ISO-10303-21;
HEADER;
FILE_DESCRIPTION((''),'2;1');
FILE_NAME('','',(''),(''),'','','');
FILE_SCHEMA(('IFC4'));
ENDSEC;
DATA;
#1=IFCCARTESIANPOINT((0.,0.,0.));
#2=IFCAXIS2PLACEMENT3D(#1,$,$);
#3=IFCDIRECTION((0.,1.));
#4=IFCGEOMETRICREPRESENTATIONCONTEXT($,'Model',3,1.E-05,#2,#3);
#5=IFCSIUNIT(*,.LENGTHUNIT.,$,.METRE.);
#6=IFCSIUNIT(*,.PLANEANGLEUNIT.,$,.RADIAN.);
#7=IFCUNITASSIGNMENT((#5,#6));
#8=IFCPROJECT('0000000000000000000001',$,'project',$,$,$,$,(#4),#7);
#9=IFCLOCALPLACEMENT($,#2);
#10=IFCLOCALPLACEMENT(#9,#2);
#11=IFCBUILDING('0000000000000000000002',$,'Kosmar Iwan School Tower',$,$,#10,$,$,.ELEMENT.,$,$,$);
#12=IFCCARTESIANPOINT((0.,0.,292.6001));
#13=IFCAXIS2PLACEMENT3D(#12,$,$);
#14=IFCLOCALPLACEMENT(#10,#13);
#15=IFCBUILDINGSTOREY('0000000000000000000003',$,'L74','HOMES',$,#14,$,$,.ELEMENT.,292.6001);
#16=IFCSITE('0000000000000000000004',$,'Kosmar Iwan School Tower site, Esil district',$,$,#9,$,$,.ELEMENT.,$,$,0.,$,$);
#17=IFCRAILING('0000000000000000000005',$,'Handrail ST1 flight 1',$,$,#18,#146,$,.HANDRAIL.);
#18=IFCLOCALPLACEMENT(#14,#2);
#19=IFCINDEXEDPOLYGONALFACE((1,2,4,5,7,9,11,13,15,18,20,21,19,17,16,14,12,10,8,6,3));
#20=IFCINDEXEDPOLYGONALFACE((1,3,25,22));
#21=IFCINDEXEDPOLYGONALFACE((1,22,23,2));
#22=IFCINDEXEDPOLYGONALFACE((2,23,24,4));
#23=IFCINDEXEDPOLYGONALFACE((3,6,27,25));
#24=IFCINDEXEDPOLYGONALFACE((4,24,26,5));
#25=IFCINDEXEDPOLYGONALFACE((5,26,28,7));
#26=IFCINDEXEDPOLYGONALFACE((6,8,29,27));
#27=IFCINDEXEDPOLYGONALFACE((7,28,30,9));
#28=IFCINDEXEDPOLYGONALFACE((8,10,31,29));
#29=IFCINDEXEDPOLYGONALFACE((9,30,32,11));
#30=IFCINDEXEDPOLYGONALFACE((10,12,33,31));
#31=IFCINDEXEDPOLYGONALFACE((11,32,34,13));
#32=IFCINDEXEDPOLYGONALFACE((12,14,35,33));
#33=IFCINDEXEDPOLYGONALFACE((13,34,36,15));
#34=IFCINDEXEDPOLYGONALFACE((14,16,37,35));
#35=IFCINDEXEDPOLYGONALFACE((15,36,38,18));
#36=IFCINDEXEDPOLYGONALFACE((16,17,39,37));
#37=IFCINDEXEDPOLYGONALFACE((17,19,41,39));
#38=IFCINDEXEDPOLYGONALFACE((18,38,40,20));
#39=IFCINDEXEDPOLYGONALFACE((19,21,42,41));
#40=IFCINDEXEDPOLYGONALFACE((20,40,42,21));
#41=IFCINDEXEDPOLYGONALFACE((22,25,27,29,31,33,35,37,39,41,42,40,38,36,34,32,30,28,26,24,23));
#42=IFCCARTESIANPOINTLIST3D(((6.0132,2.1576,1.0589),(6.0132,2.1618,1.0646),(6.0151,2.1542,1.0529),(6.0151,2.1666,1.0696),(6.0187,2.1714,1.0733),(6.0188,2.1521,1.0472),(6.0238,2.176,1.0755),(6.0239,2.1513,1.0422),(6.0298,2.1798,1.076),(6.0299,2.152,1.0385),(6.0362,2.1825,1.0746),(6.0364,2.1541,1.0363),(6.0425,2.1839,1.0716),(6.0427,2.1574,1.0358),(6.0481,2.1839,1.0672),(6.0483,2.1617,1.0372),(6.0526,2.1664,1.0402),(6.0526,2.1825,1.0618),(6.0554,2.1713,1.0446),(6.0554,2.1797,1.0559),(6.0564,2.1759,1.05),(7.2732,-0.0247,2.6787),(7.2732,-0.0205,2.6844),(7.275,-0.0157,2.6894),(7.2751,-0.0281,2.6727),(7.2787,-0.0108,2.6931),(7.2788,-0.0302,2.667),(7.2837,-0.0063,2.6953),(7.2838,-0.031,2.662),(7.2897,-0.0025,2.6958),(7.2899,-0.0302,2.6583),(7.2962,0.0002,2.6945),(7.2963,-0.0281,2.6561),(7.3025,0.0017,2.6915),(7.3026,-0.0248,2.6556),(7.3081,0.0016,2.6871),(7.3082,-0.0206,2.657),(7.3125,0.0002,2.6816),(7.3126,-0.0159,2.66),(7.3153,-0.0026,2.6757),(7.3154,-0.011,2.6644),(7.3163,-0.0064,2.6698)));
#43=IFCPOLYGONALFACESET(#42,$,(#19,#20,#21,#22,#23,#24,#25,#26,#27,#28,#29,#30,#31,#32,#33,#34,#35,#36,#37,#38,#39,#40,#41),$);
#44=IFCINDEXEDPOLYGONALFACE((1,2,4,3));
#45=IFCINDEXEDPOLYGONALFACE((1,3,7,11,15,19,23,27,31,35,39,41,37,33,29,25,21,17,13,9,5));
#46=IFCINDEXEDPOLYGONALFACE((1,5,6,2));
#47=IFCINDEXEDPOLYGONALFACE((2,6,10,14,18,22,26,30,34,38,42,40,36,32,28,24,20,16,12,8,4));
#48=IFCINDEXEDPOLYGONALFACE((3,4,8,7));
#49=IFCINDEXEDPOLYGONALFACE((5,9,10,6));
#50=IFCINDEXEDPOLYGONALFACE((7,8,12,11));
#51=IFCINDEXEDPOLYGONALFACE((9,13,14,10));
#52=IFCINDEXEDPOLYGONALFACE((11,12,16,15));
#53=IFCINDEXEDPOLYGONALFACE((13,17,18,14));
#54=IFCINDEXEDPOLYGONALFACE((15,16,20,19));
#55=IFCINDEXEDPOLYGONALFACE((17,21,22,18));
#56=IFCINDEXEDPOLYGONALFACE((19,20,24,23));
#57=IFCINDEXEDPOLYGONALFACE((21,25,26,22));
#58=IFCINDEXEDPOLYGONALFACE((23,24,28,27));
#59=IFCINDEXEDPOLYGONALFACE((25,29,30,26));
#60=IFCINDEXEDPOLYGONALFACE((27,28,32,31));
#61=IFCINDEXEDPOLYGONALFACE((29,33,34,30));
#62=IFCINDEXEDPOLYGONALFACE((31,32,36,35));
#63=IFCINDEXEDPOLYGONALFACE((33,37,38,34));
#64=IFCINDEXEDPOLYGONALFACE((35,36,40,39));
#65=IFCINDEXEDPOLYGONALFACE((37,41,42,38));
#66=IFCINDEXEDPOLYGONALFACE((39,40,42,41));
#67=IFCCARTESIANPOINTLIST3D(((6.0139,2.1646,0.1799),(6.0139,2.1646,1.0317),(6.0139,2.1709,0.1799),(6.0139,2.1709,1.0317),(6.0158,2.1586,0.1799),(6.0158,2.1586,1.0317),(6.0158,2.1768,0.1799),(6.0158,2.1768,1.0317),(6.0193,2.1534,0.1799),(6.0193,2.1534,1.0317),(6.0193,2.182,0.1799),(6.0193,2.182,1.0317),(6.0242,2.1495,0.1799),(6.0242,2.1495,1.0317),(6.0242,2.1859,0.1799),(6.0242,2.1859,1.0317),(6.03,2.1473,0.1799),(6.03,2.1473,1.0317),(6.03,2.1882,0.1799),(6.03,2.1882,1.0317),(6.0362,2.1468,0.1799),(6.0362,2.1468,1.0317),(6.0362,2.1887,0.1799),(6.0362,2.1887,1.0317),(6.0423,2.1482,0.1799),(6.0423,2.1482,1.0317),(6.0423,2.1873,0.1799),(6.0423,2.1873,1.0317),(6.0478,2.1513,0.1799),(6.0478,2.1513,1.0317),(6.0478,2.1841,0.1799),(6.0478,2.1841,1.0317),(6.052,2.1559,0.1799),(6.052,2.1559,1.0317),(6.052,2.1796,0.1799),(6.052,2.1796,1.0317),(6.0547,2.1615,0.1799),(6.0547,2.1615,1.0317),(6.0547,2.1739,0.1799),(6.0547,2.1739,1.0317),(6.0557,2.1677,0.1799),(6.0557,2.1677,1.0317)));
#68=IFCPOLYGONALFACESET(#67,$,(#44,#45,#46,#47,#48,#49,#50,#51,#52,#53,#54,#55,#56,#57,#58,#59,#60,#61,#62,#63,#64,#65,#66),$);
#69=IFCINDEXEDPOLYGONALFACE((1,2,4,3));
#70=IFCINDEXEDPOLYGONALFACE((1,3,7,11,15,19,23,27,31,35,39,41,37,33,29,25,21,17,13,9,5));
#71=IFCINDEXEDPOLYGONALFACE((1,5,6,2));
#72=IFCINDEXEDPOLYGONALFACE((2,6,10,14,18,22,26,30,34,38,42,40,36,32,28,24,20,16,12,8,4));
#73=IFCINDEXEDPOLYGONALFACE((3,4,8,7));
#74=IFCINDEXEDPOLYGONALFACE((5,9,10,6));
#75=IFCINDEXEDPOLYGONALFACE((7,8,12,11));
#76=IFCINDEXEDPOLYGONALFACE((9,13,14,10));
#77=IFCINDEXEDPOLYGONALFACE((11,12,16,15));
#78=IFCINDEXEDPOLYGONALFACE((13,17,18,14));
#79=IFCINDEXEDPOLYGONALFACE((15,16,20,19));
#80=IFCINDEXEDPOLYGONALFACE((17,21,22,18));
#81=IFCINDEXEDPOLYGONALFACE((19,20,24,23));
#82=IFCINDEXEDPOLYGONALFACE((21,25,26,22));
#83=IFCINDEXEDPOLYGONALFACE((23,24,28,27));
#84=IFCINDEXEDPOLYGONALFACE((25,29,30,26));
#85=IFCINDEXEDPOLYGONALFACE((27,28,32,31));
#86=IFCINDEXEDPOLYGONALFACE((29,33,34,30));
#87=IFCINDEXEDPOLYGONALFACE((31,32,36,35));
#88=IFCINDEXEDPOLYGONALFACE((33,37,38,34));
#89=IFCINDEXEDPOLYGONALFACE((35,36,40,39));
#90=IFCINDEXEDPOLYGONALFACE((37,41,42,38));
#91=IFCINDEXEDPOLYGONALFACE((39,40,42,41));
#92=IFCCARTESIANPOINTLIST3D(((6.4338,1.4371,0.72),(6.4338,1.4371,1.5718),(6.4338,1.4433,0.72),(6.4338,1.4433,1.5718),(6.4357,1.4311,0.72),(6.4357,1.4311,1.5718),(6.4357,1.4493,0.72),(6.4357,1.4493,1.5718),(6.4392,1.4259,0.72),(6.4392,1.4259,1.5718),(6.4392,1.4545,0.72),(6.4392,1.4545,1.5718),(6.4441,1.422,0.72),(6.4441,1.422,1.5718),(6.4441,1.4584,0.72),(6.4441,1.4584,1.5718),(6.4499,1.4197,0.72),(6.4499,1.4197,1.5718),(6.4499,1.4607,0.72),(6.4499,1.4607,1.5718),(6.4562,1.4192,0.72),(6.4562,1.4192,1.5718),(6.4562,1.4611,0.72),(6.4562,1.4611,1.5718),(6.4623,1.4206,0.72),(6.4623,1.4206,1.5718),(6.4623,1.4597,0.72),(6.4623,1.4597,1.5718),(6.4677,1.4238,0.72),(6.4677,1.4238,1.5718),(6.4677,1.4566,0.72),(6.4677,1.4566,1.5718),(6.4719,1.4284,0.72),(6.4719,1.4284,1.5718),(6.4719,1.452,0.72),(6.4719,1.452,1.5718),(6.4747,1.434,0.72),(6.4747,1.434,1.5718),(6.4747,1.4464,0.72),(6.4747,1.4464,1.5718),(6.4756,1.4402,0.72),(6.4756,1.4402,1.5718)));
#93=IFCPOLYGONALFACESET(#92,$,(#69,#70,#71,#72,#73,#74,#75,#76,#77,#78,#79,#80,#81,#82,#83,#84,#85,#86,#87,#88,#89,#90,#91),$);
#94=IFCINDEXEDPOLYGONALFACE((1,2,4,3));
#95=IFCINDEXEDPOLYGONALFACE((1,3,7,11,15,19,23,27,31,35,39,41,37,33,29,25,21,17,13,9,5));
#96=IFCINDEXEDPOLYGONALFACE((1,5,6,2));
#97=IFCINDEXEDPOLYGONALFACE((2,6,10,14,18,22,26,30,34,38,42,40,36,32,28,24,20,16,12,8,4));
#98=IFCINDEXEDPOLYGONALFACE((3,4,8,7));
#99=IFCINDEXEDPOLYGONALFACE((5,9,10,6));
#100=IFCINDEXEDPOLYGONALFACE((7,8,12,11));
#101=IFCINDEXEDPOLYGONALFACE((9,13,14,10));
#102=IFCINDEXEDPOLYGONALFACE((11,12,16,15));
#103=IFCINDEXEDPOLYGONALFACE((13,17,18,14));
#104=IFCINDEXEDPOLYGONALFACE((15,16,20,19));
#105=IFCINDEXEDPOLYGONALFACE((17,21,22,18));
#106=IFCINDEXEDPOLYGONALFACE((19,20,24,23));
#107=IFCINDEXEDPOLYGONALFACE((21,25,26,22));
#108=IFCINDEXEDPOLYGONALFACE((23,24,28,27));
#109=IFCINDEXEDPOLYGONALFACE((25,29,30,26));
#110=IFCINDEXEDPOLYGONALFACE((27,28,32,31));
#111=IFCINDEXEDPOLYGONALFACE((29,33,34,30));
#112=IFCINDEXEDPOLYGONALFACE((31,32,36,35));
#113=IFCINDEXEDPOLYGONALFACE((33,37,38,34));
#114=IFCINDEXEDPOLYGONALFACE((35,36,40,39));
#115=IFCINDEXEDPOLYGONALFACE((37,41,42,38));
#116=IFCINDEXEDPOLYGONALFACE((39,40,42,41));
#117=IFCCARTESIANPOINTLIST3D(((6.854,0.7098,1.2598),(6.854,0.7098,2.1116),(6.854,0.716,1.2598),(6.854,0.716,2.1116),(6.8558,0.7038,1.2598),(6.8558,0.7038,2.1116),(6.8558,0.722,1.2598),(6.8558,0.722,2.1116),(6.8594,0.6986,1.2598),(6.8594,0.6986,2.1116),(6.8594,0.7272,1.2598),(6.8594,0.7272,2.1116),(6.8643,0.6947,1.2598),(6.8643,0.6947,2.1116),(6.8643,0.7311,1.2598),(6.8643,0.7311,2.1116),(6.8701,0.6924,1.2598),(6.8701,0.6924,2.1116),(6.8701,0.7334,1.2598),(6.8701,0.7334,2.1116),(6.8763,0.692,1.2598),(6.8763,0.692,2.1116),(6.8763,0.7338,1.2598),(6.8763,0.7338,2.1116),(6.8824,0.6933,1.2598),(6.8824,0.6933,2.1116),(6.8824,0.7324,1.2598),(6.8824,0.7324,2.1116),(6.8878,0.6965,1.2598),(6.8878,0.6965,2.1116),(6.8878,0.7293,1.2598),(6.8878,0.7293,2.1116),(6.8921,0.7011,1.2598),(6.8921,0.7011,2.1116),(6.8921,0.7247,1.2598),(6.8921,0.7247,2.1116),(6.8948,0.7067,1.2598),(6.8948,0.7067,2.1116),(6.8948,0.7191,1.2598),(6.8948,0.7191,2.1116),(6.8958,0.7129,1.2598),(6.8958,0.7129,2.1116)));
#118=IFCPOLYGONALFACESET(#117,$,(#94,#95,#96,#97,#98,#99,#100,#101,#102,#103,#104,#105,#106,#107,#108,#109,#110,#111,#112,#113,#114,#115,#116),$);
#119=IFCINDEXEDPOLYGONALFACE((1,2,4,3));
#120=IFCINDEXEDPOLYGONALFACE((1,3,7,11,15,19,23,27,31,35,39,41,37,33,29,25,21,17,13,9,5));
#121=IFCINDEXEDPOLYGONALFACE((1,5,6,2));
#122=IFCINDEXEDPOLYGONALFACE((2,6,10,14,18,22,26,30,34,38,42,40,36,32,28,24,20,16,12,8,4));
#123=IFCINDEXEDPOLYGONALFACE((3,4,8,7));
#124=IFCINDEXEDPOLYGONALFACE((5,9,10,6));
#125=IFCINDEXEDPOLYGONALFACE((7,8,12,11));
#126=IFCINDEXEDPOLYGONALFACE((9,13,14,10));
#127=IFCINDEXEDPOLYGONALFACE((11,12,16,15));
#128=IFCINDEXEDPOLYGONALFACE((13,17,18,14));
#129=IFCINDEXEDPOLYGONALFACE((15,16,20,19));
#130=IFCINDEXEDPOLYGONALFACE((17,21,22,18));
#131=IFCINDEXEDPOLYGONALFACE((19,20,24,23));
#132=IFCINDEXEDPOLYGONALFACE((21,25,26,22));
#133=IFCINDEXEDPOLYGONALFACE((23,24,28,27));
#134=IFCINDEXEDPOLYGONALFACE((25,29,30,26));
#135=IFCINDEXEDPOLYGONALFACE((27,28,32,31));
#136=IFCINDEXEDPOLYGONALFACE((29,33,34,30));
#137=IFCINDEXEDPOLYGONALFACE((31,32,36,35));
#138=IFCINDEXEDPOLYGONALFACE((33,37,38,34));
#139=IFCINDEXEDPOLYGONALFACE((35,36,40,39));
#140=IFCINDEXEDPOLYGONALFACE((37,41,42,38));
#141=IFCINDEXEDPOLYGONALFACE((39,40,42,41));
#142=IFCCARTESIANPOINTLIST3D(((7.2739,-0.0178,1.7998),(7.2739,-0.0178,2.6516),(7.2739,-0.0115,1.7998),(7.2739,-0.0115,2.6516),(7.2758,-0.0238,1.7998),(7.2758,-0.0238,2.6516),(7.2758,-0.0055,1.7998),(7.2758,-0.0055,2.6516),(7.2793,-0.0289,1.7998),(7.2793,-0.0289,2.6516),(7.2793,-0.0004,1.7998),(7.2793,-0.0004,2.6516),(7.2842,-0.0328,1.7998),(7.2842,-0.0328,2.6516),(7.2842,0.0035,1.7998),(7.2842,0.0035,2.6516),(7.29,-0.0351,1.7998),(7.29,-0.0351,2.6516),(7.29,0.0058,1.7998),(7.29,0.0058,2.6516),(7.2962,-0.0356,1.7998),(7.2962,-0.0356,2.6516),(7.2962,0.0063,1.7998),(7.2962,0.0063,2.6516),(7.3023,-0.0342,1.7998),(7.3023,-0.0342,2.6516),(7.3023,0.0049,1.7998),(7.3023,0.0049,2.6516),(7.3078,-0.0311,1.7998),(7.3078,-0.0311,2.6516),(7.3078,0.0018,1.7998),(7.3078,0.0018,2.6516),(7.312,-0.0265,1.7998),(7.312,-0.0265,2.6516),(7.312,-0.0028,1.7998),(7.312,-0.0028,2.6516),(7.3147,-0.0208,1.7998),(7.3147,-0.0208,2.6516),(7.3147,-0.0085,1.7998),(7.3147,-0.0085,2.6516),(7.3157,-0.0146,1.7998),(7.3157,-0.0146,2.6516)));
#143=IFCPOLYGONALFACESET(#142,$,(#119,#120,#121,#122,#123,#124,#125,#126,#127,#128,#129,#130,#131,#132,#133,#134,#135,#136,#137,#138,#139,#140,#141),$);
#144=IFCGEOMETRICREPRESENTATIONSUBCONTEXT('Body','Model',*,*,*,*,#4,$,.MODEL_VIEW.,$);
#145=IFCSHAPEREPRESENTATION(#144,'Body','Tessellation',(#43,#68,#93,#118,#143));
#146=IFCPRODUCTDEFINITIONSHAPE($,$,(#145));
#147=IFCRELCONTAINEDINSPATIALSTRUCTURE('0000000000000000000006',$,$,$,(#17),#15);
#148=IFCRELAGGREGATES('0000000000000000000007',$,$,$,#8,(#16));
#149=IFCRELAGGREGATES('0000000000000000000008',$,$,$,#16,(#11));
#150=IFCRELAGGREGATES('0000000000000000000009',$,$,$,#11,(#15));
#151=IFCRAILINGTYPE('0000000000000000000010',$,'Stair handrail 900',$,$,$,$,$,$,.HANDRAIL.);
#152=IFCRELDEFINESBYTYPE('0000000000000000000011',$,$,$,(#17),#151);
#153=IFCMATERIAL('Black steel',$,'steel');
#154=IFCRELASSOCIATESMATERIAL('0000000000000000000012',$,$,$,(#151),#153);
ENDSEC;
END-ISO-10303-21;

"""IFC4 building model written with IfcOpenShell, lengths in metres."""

from ifc_helpers import new_model, si_unit, direction, frame, origin, origin_2d, place, context, subcontext, project, spatial, circle, extrude, material, type_object, element, save


model = new_model("IFC4")

# Units and contexts
model_context = context("Model", 3, precision=1e-05, world=origin(), true_north=direction((0.0, 1.0)))
body_context = subcontext(model_context, "Body", "Model", "MODEL_VIEW")
ifc_project = project(units=[si_unit("LENGTHUNIT", "METRE"), si_unit("PLANEANGLEUNIT", "RADIAN")], contexts=[model_context])

# Site, building, storey
site_placement = place(None, origin())
site = spatial("IfcSite", under=ifc_project, at=site_placement, Name="Kosmar Iwan School Tower site, Esil district", CompositionType="ELEMENT", RefElevation=0.0)
building_placement = place(site_placement, origin())
building = spatial("IfcBuilding", under=site, at=building_placement, Name="Kosmar Iwan School Tower", CompositionType="ELEMENT")
storey_placement = place(building_placement, frame((0.0, 0.0, 292.6001)))
storey = spatial("IfcBuildingStorey", under=building, at=storey_placement, Name="L74", Description="HOMES", CompositionType="ELEMENT", Elevation=292.6001)

# Railing
ifc_material_1 = material(Name="Black steel", Category="steel")
railing_type = type_object("IfcRailingType", Name="Stair handrail 900", PredefinedType="HANDRAIL", material=ifc_material_1)
railing_placement = place(storey_placement, frame((6.0347, 2.1677, 0.1799)))
element("IfcRailing", 1, at=railing_placement, inside=storey, type_object=railing_type, Name="Handrail ST1 flight 1", PredefinedType="HANDRAIL", context=body_context, shape_type="SweptSolid", body=[
    extrude(circle(Radius=0.0239, at=origin_2d()), frame((0.0, 0.0, 0.876), z_axis=(0.420603, -0.728496, 0.540728), x_axis=(0.866023, 0.500005, 0.0)), (0.0, 0.0, 1.0), 2.9956),
    extrude(circle(Radius=0.021, at=origin_2d()), origin(), (0.0, 0.0, 1.0), 0.8518),
    extrude(circle(Radius=0.021, at=origin_2d()), frame((0.4199, -0.7275, 0.54)), (0.0, 0.0, 1.0), 0.8518),
    extrude(circle(Radius=0.021, at=origin_2d()), frame((0.8401, -1.4548, 1.0798)), (0.0, 0.0, 1.0), 0.8518),
    extrude(circle(Radius=0.021, at=origin_2d()), frame((1.26, -2.1824, 1.6199)), (0.0, 0.0, 1.0), 0.8518),
])

save(model, "model.ifc")
